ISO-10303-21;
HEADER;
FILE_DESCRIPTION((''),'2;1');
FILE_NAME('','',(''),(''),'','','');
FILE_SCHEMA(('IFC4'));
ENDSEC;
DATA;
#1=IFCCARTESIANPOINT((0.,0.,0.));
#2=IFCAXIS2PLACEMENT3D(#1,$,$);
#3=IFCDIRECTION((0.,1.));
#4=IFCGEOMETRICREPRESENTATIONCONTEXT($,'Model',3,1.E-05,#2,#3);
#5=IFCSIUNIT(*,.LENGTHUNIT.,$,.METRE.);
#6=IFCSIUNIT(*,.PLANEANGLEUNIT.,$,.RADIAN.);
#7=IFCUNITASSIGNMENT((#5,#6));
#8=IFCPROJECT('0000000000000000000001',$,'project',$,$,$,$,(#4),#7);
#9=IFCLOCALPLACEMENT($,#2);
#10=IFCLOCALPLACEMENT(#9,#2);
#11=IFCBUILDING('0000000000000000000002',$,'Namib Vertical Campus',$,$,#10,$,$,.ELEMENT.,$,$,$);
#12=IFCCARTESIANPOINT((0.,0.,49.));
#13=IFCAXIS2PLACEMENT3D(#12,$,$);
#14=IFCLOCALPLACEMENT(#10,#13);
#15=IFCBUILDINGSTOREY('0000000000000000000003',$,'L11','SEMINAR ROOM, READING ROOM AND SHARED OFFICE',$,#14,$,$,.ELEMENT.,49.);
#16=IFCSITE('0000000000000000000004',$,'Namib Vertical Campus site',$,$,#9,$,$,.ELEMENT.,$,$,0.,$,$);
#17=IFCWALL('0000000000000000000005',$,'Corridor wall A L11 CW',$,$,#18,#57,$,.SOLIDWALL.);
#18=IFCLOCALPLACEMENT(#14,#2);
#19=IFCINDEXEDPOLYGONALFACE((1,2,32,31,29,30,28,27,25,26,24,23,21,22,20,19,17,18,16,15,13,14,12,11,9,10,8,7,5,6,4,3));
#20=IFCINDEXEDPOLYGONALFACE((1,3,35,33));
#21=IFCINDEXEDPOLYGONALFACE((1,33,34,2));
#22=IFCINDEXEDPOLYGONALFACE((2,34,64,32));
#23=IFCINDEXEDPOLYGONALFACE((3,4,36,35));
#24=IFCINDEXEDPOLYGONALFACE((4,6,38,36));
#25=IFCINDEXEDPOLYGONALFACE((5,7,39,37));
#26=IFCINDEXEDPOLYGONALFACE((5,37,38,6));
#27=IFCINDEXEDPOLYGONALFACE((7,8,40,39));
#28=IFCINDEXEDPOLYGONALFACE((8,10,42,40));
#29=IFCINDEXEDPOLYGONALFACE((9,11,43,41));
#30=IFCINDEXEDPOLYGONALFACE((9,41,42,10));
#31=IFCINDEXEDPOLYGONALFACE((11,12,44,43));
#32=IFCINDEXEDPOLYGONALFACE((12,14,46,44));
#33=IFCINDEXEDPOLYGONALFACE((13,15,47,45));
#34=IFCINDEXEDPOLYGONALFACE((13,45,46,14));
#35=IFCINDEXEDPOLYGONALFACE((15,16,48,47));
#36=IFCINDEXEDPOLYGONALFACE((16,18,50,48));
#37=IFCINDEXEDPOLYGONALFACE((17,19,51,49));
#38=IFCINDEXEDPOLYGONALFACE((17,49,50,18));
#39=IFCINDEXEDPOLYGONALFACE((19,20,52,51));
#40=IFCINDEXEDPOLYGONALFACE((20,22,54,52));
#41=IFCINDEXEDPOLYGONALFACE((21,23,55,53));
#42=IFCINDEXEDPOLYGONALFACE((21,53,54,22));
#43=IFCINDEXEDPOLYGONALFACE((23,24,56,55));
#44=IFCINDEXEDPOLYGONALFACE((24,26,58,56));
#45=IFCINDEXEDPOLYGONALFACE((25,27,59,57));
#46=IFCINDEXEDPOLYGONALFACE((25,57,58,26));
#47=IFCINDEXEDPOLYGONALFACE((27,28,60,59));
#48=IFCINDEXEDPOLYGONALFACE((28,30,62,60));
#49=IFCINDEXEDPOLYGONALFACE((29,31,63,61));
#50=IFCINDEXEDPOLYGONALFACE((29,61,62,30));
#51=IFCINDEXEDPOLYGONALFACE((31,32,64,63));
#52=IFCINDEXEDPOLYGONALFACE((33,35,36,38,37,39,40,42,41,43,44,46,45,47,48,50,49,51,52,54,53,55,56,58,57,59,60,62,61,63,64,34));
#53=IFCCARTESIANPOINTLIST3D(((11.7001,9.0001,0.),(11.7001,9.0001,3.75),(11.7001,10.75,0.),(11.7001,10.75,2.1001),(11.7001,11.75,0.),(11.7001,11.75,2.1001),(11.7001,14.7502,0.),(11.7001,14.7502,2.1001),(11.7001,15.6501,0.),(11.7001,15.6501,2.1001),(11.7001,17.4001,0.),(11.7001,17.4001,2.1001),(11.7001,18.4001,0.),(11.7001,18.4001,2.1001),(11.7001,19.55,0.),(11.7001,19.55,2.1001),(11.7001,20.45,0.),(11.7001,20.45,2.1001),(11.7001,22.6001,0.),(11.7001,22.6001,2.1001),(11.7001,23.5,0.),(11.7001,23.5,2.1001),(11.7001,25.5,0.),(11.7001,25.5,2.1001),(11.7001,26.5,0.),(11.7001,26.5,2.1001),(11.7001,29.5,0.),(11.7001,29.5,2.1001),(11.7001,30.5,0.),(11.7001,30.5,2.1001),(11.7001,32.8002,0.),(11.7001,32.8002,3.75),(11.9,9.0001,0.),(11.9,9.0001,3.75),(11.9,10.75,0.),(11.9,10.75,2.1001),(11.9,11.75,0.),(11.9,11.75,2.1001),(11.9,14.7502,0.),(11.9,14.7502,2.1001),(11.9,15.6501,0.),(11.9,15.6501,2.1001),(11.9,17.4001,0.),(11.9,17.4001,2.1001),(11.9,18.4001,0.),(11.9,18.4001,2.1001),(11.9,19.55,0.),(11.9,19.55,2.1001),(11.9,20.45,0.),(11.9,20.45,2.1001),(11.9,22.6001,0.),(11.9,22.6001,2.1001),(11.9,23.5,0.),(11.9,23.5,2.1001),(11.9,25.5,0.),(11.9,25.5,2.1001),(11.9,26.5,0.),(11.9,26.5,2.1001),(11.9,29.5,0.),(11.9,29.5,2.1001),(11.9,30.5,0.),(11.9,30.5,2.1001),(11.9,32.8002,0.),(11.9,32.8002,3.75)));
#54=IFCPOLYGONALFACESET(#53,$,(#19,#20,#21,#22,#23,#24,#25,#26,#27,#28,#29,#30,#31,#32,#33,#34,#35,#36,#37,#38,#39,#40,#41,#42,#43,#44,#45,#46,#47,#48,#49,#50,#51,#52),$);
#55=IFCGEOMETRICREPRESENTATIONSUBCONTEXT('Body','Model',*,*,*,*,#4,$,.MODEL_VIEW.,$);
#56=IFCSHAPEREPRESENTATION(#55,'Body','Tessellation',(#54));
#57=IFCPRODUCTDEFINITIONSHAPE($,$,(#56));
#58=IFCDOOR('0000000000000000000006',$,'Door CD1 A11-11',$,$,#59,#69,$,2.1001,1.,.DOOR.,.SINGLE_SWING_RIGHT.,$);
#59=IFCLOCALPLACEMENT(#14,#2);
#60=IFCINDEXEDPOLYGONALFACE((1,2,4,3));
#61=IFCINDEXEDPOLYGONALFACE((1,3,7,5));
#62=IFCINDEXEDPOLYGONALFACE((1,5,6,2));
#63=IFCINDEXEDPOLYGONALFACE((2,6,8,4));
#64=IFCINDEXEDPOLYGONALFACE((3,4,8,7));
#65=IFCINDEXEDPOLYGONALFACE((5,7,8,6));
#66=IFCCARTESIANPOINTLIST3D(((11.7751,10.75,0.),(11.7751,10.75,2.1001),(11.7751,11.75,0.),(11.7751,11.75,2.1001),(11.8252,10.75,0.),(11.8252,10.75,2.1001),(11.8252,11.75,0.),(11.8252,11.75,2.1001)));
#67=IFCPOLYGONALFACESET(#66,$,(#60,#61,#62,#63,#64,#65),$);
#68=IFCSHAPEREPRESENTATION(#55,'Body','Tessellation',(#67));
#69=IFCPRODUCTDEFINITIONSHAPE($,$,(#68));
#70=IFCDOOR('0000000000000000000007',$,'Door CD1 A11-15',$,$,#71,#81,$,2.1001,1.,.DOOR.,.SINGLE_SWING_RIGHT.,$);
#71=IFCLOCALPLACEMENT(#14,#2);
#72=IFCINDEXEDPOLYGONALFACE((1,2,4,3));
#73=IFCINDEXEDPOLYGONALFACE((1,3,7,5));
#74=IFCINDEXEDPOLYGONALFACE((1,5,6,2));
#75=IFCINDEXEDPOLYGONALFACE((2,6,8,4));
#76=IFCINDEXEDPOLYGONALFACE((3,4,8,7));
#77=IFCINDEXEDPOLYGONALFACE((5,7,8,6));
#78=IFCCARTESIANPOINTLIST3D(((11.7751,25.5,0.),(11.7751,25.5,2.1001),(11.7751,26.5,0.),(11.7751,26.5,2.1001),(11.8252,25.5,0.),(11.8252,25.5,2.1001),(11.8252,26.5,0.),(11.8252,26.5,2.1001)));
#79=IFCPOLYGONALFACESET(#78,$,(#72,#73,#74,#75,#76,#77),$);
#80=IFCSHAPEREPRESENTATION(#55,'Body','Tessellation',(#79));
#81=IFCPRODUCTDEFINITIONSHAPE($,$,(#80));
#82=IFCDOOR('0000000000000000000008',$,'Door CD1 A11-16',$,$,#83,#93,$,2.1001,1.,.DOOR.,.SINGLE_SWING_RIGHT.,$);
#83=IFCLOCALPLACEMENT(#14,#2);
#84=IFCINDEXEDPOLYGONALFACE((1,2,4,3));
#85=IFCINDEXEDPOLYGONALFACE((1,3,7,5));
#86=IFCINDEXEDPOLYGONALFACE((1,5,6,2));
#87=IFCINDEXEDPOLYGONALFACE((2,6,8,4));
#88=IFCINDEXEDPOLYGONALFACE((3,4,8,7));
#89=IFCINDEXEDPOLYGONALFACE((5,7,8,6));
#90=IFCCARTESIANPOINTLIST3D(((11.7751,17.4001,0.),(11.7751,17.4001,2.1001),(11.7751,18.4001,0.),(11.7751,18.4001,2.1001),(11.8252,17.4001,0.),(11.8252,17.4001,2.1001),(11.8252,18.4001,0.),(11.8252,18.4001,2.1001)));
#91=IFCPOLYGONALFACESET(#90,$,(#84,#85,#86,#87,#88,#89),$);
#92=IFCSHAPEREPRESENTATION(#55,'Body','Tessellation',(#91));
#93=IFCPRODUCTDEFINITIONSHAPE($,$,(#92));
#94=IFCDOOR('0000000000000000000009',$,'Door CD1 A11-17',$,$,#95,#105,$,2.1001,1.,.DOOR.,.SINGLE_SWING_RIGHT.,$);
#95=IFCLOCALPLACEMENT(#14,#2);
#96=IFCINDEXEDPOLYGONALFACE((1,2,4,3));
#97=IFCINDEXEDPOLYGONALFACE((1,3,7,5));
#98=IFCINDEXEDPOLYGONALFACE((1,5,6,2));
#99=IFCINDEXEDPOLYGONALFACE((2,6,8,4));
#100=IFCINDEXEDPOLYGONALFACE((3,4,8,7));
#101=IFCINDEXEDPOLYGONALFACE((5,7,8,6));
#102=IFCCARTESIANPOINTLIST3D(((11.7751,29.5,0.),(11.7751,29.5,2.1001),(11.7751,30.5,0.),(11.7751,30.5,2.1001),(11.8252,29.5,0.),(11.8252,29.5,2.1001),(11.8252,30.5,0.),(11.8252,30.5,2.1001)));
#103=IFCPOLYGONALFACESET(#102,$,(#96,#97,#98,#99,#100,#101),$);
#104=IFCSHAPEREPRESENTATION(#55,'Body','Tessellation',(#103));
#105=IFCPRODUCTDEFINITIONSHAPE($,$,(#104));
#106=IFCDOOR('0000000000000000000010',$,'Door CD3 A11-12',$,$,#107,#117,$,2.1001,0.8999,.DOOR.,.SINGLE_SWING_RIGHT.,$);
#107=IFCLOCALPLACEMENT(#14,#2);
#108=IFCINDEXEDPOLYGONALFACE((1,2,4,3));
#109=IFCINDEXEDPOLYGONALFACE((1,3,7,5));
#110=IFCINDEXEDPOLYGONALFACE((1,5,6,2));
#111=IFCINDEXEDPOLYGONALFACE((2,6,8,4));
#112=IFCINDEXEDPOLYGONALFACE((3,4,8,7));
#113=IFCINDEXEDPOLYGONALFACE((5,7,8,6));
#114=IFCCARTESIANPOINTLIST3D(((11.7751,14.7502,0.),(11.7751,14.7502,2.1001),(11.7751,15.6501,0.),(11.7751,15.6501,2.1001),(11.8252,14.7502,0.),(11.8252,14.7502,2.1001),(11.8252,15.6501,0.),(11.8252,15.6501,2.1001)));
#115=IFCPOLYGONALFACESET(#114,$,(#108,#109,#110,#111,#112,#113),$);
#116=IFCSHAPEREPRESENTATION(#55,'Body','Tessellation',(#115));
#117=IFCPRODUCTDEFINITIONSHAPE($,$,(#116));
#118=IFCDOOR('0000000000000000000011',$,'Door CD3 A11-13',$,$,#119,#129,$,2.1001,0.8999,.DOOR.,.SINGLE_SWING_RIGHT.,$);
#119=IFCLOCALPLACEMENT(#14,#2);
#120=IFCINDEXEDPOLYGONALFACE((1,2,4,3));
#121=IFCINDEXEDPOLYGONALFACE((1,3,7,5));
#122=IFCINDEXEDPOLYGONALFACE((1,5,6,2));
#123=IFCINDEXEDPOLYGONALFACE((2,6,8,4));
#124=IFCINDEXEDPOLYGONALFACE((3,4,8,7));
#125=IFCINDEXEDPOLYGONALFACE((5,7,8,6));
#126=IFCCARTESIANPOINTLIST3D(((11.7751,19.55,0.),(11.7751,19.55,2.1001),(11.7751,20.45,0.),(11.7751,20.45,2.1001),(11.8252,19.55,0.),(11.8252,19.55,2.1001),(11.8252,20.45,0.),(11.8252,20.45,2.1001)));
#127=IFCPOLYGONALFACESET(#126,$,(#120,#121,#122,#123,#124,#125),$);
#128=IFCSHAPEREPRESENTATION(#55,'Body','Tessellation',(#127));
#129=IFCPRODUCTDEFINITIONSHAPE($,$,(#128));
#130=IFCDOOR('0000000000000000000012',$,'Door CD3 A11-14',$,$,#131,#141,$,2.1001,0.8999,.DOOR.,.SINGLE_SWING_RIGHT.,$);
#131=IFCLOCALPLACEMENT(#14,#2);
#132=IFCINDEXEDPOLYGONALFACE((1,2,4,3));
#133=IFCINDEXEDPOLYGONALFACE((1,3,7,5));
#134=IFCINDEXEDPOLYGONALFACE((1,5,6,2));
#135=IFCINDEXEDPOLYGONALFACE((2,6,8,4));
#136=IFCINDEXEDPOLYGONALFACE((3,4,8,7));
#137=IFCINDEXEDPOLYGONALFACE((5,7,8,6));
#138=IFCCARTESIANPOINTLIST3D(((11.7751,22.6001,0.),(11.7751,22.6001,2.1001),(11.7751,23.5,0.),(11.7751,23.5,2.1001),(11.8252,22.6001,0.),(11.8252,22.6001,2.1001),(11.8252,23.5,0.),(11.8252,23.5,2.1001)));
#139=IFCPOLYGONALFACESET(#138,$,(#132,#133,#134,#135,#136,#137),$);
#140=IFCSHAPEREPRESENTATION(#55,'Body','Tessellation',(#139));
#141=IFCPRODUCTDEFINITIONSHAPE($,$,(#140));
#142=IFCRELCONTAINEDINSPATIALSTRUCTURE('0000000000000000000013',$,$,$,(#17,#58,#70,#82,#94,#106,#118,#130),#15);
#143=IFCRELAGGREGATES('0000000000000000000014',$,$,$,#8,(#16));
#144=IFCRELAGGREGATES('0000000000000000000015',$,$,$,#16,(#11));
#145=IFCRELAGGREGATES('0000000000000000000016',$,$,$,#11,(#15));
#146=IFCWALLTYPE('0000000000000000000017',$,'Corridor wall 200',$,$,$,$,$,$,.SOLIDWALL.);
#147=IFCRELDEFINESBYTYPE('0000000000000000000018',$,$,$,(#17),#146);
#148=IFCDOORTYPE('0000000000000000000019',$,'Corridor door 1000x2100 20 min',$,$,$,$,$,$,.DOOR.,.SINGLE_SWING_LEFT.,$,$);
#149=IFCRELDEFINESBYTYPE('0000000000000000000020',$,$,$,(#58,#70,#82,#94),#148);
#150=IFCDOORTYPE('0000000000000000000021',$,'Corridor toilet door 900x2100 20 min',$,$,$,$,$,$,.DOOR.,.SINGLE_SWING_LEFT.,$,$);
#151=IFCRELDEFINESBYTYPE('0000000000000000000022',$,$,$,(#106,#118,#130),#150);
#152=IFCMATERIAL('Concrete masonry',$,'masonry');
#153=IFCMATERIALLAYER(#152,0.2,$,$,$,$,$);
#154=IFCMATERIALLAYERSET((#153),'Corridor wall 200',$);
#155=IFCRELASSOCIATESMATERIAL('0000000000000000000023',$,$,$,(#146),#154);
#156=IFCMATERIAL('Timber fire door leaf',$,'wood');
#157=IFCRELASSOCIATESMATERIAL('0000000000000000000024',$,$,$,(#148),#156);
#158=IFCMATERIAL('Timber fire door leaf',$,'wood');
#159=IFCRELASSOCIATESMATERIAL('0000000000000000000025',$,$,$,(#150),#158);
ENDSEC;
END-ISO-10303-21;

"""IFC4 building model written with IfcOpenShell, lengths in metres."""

from ifc_helpers import new_model, si_unit, direction, frame, frame_2d, origin, place, context, subcontext, project, spatial, rectangle, extrude, material, layer, layer_set, type_object, element, fill, save


model = new_model("IFC4")

# Units and contexts
model_context = context("Model", 3, precision=1e-05, world=origin(), true_north=direction((0.0, 1.0)))
body_context = subcontext(model_context, "Body", "Model", "MODEL_VIEW")
ifc_project = project(units=[si_unit("LENGTHUNIT", "METRE"), si_unit("PLANEANGLEUNIT", "RADIAN")], contexts=[model_context])

# Site, building, storey
site_placement = place(None, origin())
site = spatial("IfcSite", under=ifc_project, at=site_placement, Name="Namib Vertical Campus site", CompositionType="ELEMENT", RefElevation=0.0)
building_placement = place(site_placement, origin())
building = spatial("IfcBuilding", under=site, at=building_placement, Name="Namib Vertical Campus", CompositionType="ELEMENT")
storey_placement = place(building_placement, frame((0.0, 0.0, 49.0)))
storey = spatial("IfcBuildingStorey", under=building, at=storey_placement, Name="L11", Description="SEMINAR ROOM, READING ROOM AND SHARED OFFICE", CompositionType="ELEMENT", Elevation=49.0)

# Wall, openings, doors
ifc_material_1 = material(Name="Concrete masonry", Category="masonry")
ifc_layer_1 = layer(ifc_material_1, 0.2)
ifc_layer_set_1 = layer_set([ifc_layer_1], Name="Corridor wall 200")
wall_type_1 = type_object("IfcWallType", Name="Corridor wall 200", PredefinedType="SOLIDWALL", material=ifc_layer_set_1)
wall_1_placement = place(storey_placement, frame((11.8, 32.8, 0.0), z_axis=(0.0, 0.0, 1.0), x_axis=(0.0, -1.0, 0.0)))
wall_1 = element("IfcWall", 1, at=wall_1_placement, inside=storey, type_object=wall_type_1, Name="Corridor wall A L11 CW", PredefinedType="SOLIDWALL", context=body_context, shape_type="SweptSolid", body=[
    extrude(rectangle(XDim=23.8, YDim=0.2, at=frame_2d((11.8999, 0.0))), origin(), (0.0, 0.0, 1.0), 3.75),
])
opening_1_placement = place(wall_1_placement, frame((21.05, 0.0, 0.0)))
opening_1 = element("IfcOpeningElement", 2, at=opening_1_placement, cuts=wall_1, PredefinedType="OPENING", context=body_context, shape_type="SweptSolid", body=[
    extrude(rectangle(XDim=1.0, YDim=2.1001, at=frame_2d((0.5, 1.05))), frame((0.0, 0.1099, 0.0), z_axis=(0.0, -1.0, 0.0), x_axis=(1.0, 0.0, 0.0)), (0.0, 0.0, 1.0), 0.22),
])
opening_2_placement = place(wall_1_placement, frame((17.1499, 0.0, 0.0)))
opening_2 = element("IfcOpeningElement", 3, at=opening_2_placement, cuts=wall_1, PredefinedType="OPENING", context=body_context, shape_type="SweptSolid", body=[
    extrude(rectangle(XDim=0.8999, YDim=2.1001, at=frame_2d((0.45, 1.05))), frame((0.0, 0.1099, 0.0), z_axis=(0.0, -1.0, 0.0), x_axis=(1.0, 0.0, 0.0)), (0.0, 0.0, 1.0), 0.22),
])
opening_3_placement = place(wall_1_placement, frame((12.3501, 0.0, 0.0)))
opening_3 = element("IfcOpeningElement", 4, at=opening_3_placement, cuts=wall_1, PredefinedType="OPENING", context=body_context, shape_type="SweptSolid", body=[
    extrude(rectangle(XDim=0.8999, YDim=2.1001, at=frame_2d((0.45, 1.05))), frame((0.0, 0.1099, 0.0), z_axis=(0.0, -1.0, 0.0), x_axis=(1.0, 0.0, 0.0)), (0.0, 0.0, 1.0), 0.22),
])
opening_4_placement = place(wall_1_placement, frame((9.3, 0.0, 0.0)))
opening_4 = element("IfcOpeningElement", 5, at=opening_4_placement, cuts=wall_1, PredefinedType="OPENING", context=body_context, shape_type="SweptSolid", body=[
    extrude(rectangle(XDim=0.8999, YDim=2.1001, at=frame_2d((0.45, 1.05))), frame((0.0, 0.1099, 0.0), z_axis=(0.0, -1.0, 0.0), x_axis=(1.0, 0.0, 0.0)), (0.0, 0.0, 1.0), 0.22),
])
opening_5_placement = place(wall_1_placement, frame((6.3, 0.0, 0.0)))
opening_5 = element("IfcOpeningElement", 6, at=opening_5_placement, cuts=wall_1, PredefinedType="OPENING", context=body_context, shape_type="SweptSolid", body=[
    extrude(rectangle(XDim=1.0, YDim=2.1001, at=frame_2d((0.5, 1.05))), frame((0.0, 0.1099, 0.0), z_axis=(0.0, -1.0, 0.0), x_axis=(1.0, 0.0, 0.0)), (0.0, 0.0, 1.0), 0.22),
])
opening_6_placement = place(wall_1_placement, frame((14.3999, 0.0, 0.0)))
opening_6 = element("IfcOpeningElement", 7, at=opening_6_placement, cuts=wall_1, PredefinedType="OPENING", context=body_context, shape_type="SweptSolid", body=[
    extrude(rectangle(XDim=1.0, YDim=2.1001, at=frame_2d((0.5, 1.05))), frame((0.0, 0.1099, 0.0), z_axis=(0.0, -1.0, 0.0), x_axis=(1.0, 0.0, 0.0)), (0.0, 0.0, 1.0), 0.22),
])
opening_7_placement = place(wall_1_placement, frame((2.3, 0.0, 0.0)))
opening_7 = element("IfcOpeningElement", 8, at=opening_7_placement, cuts=wall_1, PredefinedType="OPENING", context=body_context, shape_type="SweptSolid", body=[
    extrude(rectangle(XDim=1.0, YDim=2.1001, at=frame_2d((0.5, 1.05))), frame((0.0, 0.1099, 0.0), z_axis=(0.0, -1.0, 0.0), x_axis=(1.0, 0.0, 0.0)), (0.0, 0.0, 1.0), 0.22),
])
ifc_material_2 = material(Name="Timber fire door leaf", Category="wood")
door_type_1 = type_object("IfcDoorType", Name="Corridor door 1000x2100 20 min", OperationType="SINGLE_SWING_LEFT", PredefinedType="DOOR", material=ifc_material_2)
door_1_placement = place(opening_1_placement, frame((1.0, 0.0, 0.0), z_axis=(0.0, 0.0, 1.0), x_axis=(-1.0, 0.0, 0.0)))
door_1 = element("IfcDoor", 9, at=door_1_placement, inside=storey, type_object=door_type_1, Name="Door CD1 A11-11", OperationType="SINGLE_SWING_RIGHT", OverallHeight=2.1001, OverallWidth=1.0, PredefinedType="DOOR", context=body_context, shape_type="SweptSolid", body=[
    extrude(rectangle(XDim=1.0, YDim=2.1001, at=frame_2d((0.5, 1.05))), frame((0.0, 0.0249, 0.0), z_axis=(0.0, -1.0, 0.0), x_axis=(1.0, 0.0, 0.0)), (0.0, 0.0, 1.0), 0.05),
])
fill(opening_1, door_1)
door_2_placement = place(opening_5_placement, frame((1.0, 0.0, 0.0), z_axis=(0.0, 0.0, 1.0), x_axis=(-1.0, 0.0, 0.0)))
door_2 = element("IfcDoor", 10, at=door_2_placement, inside=storey, type_object=door_type_1, Name="Door CD1 A11-15", OperationType="SINGLE_SWING_RIGHT", OverallHeight=2.1001, OverallWidth=1.0, PredefinedType="DOOR", context=body_context, shape_type="SweptSolid", body=[
    extrude(rectangle(XDim=1.0, YDim=2.1001, at=frame_2d((0.5, 1.05))), frame((0.0, 0.0249, 0.0), z_axis=(0.0, -1.0, 0.0), x_axis=(1.0, 0.0, 0.0)), (0.0, 0.0, 1.0), 0.05),
])
fill(opening_5, door_2)
door_3_placement = place(opening_6_placement, frame((1.0, 0.0, 0.0), z_axis=(0.0, 0.0, 1.0), x_axis=(-1.0, 0.0, 0.0)))
door_3 = element("IfcDoor", 11, at=door_3_placement, inside=storey, type_object=door_type_1, Name="Door CD1 A11-16", OperationType="SINGLE_SWING_RIGHT", OverallHeight=2.1001, OverallWidth=1.0, PredefinedType="DOOR", context=body_context, shape_type="SweptSolid", body=[
    extrude(rectangle(XDim=1.0, YDim=2.1001, at=frame_2d((0.5, 1.05))), frame((0.0, 0.0249, 0.0), z_axis=(0.0, -1.0, 0.0), x_axis=(1.0, 0.0, 0.0)), (0.0, 0.0, 1.0), 0.05),
])
fill(opening_6, door_3)
door_4_placement = place(opening_7_placement, frame((1.0, 0.0, 0.0), z_axis=(0.0, 0.0, 1.0), x_axis=(-1.0, 0.0, 0.0)))
door_4 = element("IfcDoor", 12, at=door_4_placement, inside=storey, type_object=door_type_1, Name="Door CD1 A11-17", OperationType="SINGLE_SWING_RIGHT", OverallHeight=2.1001, OverallWidth=1.0, PredefinedType="DOOR", context=body_context, shape_type="SweptSolid", body=[
    extrude(rectangle(XDim=1.0, YDim=2.1001, at=frame_2d((0.5, 1.05))), frame((0.0, 0.0249, 0.0), z_axis=(0.0, -1.0, 0.0), x_axis=(1.0, 0.0, 0.0)), (0.0, 0.0, 1.0), 0.05),
])
fill(opening_7, door_4)
ifc_material_3 = material(Name="Timber fire door leaf", Category="wood")
door_type_2 = type_object("IfcDoorType", Name="Corridor toilet door 900x2100 20 min", OperationType="SINGLE_SWING_LEFT", PredefinedType="DOOR", material=ifc_material_3)
door_5_placement = place(opening_2_placement, frame((0.8999, 0.0, 0.0), z_axis=(0.0, 0.0, 1.0), x_axis=(-1.0, 0.0, 0.0)))
door_5 = element("IfcDoor", 13, at=door_5_placement, inside=storey, type_object=door_type_2, Name="Door CD3 A11-12", OperationType="SINGLE_SWING_RIGHT", OverallHeight=2.1001, OverallWidth=0.8999, PredefinedType="DOOR", context=body_context, shape_type="SweptSolid", body=[
    extrude(rectangle(XDim=0.8999, YDim=2.1001, at=frame_2d((0.45, 1.05))), frame((0.0, 0.0249, 0.0), z_axis=(0.0, -1.0, 0.0), x_axis=(1.0, 0.0, 0.0)), (0.0, 0.0, 1.0), 0.05),
])
fill(opening_2, door_5)
door_6_placement = place(opening_3_placement, frame((0.8999, 0.0, 0.0), z_axis=(0.0, 0.0, 1.0), x_axis=(-1.0, 0.0, 0.0)))
door_6 = element("IfcDoor", 14, at=door_6_placement, inside=storey, type_object=door_type_2, Name="Door CD3 A11-13", OperationType="SINGLE_SWING_RIGHT", OverallHeight=2.1001, OverallWidth=0.8999, PredefinedType="DOOR", context=body_context, shape_type="SweptSolid", body=[
    extrude(rectangle(XDim=0.8999, YDim=2.1001, at=frame_2d((0.45, 1.05))), frame((0.0, 0.0249, 0.0), z_axis=(0.0, -1.0, 0.0), x_axis=(1.0, 0.0, 0.0)), (0.0, 0.0, 1.0), 0.05),
])
fill(opening_3, door_6)
door_7_placement = place(opening_4_placement, frame((0.8999, 0.0, 0.0), z_axis=(0.0, 0.0, 1.0), x_axis=(-1.0, 0.0, 0.0)))
door_7 = element("IfcDoor", 15, at=door_7_placement, inside=storey, type_object=door_type_2, Name="Door CD3 A11-14", OperationType="SINGLE_SWING_RIGHT", OverallHeight=2.1001, OverallWidth=0.8999, PredefinedType="DOOR", context=body_context, shape_type="SweptSolid", body=[
    extrude(rectangle(XDim=0.8999, YDim=2.1001, at=frame_2d((0.45, 1.05))), frame((0.0, 0.0249, 0.0), z_axis=(0.0, -1.0, 0.0), x_axis=(1.0, 0.0, 0.0)), (0.0, 0.0, 1.0), 0.05),
])
fill(opening_4, door_7)

save(model, "model.ifc")
